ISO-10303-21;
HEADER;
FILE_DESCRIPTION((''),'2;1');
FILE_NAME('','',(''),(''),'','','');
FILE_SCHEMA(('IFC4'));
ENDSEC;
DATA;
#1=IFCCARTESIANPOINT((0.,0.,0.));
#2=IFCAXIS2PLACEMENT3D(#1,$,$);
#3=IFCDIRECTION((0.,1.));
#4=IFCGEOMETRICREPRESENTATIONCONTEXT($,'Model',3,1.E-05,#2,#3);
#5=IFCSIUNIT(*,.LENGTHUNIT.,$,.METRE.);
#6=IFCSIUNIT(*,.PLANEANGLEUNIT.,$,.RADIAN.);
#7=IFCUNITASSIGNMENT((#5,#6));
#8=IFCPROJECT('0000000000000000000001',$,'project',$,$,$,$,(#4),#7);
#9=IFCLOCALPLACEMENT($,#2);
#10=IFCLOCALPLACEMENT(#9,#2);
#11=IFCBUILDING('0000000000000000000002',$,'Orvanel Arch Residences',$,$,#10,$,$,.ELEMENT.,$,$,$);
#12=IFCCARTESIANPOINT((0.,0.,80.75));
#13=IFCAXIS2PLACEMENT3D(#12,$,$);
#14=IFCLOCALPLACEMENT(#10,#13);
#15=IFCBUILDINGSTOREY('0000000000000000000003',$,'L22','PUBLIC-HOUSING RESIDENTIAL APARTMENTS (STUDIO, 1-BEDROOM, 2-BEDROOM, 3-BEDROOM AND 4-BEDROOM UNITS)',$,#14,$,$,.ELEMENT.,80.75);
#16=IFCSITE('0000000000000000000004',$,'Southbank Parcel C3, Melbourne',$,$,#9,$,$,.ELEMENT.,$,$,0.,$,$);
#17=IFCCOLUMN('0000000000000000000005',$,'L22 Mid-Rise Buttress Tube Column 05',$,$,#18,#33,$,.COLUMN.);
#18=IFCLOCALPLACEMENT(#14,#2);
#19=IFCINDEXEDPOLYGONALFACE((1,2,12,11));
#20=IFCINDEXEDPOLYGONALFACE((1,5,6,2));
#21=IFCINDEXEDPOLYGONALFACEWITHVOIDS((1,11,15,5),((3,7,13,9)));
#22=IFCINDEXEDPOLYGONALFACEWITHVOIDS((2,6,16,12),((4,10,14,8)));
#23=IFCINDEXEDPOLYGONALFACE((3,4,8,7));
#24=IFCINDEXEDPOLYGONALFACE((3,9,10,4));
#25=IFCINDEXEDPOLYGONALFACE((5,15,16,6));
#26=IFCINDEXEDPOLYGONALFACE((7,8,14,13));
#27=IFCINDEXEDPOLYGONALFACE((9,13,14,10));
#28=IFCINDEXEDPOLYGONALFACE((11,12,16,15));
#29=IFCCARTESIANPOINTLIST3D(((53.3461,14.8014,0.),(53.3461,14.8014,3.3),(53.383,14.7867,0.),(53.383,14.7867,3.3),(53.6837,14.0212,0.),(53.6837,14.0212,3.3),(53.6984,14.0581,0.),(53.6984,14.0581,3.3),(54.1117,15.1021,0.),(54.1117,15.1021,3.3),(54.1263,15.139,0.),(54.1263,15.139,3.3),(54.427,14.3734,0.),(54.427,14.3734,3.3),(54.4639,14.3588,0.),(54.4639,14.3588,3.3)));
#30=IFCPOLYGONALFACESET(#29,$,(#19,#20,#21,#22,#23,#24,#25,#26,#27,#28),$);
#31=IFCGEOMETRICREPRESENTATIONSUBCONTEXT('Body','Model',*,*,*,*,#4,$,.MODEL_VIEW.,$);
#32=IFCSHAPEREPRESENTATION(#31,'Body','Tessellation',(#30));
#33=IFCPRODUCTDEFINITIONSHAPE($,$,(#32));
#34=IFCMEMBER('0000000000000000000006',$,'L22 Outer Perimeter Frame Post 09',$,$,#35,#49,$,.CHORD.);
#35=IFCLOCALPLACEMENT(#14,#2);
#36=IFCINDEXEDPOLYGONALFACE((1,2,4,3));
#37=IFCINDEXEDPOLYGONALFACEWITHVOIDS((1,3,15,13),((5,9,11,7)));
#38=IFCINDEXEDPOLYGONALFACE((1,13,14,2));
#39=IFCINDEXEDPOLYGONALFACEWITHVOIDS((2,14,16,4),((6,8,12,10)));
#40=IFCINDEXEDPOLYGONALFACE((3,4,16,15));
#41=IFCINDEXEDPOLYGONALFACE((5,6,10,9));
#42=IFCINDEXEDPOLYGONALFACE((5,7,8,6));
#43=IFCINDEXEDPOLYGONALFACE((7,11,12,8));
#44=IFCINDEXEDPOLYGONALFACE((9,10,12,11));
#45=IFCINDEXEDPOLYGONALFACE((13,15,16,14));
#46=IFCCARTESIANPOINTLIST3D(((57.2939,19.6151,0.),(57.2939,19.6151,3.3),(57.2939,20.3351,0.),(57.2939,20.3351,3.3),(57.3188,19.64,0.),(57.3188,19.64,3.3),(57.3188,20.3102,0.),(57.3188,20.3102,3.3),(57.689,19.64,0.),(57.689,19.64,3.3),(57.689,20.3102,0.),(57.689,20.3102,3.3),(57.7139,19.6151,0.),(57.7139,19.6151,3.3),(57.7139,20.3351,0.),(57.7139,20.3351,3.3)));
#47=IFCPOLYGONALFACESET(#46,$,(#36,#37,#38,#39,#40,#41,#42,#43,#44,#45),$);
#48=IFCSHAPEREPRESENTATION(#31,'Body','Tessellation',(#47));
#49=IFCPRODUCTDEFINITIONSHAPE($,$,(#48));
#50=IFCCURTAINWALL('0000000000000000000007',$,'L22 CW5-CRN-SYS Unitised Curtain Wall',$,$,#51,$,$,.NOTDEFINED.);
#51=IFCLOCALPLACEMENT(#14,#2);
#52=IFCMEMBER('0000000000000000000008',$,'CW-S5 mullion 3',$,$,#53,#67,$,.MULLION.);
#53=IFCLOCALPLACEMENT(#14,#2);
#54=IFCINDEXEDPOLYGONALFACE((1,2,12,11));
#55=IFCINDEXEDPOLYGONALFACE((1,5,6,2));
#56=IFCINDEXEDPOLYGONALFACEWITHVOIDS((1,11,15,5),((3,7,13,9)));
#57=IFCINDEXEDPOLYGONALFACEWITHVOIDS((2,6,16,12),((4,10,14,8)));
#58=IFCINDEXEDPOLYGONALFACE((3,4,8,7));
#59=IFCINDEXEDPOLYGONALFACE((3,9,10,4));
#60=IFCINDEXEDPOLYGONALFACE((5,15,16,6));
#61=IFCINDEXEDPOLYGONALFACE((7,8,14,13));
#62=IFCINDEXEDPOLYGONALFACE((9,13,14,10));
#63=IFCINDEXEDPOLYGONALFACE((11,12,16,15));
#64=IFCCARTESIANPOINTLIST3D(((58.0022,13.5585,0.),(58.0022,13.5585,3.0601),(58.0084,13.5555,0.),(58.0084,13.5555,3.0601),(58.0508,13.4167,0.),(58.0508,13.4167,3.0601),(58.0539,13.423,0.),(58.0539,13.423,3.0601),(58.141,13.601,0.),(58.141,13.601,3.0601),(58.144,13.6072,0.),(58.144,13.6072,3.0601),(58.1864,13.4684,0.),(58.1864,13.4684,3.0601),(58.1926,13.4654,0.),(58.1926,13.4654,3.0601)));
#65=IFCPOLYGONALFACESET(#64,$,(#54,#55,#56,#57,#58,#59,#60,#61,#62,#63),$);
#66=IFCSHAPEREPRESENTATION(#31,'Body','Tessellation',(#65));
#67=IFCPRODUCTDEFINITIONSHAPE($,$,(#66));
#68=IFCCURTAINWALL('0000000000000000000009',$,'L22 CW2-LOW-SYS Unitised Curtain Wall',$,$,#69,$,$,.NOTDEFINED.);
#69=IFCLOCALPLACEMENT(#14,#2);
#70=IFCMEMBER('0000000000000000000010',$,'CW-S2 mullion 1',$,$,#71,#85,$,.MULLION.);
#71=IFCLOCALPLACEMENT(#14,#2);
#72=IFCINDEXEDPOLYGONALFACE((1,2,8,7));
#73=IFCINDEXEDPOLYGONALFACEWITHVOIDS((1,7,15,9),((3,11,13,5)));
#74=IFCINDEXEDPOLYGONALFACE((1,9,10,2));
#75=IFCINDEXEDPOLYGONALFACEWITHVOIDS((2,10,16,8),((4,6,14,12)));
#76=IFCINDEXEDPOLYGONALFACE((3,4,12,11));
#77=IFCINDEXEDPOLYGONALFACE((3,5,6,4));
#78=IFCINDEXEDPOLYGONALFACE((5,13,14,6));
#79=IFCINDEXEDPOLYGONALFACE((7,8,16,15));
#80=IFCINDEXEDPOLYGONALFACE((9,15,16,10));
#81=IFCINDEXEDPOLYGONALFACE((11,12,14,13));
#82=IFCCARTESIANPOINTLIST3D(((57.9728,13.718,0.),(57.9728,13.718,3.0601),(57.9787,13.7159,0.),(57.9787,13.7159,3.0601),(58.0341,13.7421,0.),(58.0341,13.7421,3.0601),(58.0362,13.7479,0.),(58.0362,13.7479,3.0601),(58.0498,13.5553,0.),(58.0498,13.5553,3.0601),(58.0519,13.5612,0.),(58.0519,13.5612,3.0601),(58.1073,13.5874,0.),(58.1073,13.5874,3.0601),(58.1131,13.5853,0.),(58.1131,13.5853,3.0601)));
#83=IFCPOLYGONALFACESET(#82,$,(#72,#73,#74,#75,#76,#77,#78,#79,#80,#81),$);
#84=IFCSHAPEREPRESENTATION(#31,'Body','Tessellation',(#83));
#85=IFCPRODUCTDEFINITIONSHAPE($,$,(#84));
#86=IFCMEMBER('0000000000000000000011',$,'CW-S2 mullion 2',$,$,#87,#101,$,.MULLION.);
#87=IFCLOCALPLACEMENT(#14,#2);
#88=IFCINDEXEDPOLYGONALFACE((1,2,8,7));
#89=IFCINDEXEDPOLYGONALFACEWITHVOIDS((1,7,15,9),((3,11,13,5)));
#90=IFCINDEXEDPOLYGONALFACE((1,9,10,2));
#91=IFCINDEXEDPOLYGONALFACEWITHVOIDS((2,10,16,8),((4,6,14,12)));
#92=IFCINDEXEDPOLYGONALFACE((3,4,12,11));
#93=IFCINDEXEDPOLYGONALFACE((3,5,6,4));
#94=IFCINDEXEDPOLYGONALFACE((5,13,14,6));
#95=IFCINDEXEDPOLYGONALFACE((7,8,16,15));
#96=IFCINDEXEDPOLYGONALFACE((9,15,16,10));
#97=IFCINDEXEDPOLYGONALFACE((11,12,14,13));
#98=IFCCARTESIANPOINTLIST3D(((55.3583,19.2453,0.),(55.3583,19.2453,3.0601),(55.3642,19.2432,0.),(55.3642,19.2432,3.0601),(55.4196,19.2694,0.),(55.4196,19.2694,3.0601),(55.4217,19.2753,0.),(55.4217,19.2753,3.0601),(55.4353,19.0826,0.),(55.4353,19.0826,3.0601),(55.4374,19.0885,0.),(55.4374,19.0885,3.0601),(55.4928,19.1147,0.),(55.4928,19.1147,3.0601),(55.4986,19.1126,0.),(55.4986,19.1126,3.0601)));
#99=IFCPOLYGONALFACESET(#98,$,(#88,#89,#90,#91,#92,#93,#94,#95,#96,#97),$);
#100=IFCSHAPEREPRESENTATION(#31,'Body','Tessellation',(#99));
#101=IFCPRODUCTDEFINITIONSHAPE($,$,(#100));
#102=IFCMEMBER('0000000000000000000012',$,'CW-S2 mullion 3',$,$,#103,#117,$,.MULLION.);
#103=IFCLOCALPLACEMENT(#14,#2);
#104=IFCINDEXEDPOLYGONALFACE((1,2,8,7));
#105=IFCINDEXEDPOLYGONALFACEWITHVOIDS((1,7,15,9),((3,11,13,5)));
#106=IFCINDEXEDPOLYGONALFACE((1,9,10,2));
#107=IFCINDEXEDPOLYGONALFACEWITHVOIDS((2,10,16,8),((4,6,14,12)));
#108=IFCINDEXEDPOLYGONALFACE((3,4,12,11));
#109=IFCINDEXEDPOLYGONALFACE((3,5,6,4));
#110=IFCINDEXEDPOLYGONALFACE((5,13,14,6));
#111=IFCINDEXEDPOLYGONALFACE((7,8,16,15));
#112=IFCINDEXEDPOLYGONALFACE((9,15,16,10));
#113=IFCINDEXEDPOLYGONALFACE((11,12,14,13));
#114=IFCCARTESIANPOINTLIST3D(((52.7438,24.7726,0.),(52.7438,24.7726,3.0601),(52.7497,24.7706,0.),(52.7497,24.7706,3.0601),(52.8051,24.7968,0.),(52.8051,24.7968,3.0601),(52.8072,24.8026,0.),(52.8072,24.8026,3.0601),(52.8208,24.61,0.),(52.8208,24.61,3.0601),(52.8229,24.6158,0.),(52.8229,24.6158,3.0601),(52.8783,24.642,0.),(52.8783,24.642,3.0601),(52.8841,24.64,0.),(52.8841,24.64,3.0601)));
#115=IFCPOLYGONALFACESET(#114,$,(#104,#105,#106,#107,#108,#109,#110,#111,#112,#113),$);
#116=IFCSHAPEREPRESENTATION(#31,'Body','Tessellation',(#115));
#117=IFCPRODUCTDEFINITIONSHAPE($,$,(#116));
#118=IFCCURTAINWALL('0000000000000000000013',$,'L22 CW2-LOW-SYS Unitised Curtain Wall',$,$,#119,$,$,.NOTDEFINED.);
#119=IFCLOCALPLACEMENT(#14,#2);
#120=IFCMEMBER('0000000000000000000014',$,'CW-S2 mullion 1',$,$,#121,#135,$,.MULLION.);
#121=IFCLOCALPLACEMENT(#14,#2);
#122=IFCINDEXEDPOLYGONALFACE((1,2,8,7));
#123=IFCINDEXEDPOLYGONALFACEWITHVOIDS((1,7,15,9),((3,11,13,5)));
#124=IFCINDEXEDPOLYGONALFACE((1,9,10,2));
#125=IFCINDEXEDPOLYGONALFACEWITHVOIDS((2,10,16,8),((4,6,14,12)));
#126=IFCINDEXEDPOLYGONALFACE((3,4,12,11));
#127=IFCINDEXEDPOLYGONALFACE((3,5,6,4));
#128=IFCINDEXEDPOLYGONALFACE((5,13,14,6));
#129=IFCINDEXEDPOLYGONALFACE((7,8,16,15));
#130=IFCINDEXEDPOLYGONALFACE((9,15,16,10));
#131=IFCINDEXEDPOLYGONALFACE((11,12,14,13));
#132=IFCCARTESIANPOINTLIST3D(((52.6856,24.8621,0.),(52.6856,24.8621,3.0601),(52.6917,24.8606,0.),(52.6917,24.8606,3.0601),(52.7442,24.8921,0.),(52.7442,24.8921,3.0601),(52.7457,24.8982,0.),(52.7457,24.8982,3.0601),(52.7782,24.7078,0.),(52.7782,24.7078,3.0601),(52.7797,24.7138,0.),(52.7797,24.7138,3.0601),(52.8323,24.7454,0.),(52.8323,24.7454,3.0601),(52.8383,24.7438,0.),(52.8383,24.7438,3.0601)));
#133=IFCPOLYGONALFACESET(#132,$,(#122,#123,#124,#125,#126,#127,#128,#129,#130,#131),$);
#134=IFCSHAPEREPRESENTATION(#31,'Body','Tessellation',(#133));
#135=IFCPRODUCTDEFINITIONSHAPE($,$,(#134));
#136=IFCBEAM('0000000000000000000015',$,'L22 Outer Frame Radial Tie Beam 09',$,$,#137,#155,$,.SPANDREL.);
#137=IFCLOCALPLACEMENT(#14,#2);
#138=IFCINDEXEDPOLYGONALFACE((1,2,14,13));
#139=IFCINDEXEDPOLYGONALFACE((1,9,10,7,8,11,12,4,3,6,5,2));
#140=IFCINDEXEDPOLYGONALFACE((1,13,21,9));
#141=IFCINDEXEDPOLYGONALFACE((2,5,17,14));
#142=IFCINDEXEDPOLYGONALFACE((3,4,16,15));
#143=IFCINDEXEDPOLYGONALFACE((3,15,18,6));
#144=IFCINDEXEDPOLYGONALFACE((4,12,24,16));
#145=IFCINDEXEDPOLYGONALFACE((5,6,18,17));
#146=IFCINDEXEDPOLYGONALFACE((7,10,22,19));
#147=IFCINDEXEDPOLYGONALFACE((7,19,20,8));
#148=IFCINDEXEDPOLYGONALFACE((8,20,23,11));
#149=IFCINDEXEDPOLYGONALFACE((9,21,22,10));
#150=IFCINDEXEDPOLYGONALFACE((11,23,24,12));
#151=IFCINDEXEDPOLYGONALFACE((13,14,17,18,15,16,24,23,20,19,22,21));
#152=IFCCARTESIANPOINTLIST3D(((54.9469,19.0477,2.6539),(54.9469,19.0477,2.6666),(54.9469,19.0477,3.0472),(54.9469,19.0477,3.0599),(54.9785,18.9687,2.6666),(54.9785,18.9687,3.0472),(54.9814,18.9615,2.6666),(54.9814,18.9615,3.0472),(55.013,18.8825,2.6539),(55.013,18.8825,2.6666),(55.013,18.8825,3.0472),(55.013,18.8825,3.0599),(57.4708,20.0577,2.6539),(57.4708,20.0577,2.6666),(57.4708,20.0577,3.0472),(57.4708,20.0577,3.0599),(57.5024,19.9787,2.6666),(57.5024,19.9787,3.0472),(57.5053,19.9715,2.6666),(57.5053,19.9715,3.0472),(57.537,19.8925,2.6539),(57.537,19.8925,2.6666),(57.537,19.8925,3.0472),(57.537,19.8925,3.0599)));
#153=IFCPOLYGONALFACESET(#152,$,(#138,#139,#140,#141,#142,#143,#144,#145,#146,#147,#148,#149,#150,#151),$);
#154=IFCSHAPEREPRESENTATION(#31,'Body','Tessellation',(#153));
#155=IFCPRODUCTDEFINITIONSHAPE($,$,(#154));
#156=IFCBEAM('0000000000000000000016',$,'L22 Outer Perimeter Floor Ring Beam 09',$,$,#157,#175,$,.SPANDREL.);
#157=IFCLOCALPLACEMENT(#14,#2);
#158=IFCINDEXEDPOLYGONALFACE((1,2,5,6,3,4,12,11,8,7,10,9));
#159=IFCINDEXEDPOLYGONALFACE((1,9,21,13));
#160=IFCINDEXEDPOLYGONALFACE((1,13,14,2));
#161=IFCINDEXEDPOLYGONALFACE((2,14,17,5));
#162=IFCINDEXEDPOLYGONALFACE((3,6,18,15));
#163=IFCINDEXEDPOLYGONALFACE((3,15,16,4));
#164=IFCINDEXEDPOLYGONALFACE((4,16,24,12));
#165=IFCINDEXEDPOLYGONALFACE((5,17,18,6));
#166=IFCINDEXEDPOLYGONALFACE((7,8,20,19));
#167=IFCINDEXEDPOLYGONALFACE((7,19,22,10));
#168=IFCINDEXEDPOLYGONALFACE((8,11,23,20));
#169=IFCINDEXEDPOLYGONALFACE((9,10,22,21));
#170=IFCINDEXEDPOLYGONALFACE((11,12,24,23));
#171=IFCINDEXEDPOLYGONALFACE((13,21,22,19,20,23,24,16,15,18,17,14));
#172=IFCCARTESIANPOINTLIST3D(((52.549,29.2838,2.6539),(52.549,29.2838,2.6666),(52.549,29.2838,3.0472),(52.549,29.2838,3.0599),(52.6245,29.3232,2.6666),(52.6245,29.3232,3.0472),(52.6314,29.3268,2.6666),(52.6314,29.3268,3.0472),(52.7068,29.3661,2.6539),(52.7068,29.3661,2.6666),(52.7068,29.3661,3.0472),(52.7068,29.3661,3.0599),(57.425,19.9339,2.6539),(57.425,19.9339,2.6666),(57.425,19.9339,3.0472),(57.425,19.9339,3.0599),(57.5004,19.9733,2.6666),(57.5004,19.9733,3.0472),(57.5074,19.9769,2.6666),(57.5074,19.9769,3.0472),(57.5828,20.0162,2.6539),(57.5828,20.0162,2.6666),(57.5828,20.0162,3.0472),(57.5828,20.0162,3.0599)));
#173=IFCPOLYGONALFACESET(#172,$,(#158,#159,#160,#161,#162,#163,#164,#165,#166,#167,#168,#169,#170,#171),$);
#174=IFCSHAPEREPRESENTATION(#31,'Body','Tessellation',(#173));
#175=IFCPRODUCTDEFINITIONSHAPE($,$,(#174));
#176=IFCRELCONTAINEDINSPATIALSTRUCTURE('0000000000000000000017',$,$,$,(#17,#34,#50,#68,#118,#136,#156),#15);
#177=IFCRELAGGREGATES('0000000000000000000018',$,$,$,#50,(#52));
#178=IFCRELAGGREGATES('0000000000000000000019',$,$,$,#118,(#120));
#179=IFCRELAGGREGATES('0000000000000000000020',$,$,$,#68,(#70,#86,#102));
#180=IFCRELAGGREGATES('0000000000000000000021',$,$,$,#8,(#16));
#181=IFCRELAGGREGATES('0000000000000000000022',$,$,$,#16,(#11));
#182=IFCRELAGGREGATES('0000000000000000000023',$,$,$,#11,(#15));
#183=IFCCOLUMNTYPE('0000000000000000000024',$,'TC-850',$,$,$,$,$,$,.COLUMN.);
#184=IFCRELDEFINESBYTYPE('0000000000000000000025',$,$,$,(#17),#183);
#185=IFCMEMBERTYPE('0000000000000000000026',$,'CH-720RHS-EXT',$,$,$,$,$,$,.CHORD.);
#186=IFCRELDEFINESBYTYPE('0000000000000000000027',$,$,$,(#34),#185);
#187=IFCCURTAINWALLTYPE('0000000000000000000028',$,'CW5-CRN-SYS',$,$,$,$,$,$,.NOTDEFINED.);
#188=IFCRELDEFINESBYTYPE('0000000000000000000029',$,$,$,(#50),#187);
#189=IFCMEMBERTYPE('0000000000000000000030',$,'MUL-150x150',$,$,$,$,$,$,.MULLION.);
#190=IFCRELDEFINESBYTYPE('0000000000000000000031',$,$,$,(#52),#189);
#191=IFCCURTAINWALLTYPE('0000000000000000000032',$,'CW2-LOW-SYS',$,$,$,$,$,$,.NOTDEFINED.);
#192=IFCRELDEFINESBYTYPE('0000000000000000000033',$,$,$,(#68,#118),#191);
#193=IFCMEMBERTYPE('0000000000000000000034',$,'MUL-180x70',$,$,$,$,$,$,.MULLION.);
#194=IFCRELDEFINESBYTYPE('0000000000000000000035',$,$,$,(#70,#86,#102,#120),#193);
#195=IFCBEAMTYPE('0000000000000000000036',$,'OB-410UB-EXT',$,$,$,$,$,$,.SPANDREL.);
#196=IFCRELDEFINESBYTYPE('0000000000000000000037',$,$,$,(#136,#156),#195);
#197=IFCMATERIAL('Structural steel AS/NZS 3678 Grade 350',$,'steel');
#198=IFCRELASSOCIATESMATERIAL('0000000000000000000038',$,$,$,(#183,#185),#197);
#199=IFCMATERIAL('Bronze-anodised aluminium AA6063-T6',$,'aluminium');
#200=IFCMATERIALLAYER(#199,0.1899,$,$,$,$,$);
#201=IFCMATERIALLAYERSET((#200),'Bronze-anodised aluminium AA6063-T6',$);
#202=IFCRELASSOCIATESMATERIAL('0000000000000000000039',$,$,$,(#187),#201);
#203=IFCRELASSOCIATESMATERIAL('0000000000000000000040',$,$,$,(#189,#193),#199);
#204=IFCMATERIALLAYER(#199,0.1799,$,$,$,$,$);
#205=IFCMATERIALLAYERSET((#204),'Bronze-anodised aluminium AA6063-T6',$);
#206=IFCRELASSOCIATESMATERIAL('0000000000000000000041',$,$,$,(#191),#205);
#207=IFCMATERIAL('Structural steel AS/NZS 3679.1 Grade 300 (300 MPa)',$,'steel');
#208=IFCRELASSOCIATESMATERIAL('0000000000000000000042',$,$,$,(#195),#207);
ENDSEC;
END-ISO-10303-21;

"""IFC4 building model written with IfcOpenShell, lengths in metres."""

from ifc_helpers import new_model, si_unit, direction, frame, origin, origin_2d, place, context, subcontext, project, spatial, hollow_rectangle, i_section, extrude, material, layer, layer_set, material_profile, profile_set, type_object, element, aggregate, save


model = new_model("IFC4")

# Units and contexts
model_context = context("Model", 3, precision=1e-05, world=origin(), true_north=direction((0.0, 1.0)))
body_context = subcontext(model_context, "Body", "Model", "MODEL_VIEW")
ifc_project = project(units=[si_unit("LENGTHUNIT", "METRE"), si_unit("PLANEANGLEUNIT", "RADIAN")], contexts=[model_context])

# Site, building, storey
site_placement = place(None, origin())
site = spatial("IfcSite", under=ifc_project, at=site_placement, Name="Southbank Parcel C3, Melbourne", CompositionType="ELEMENT", RefElevation=0.0)
building_placement = place(site_placement, origin())
building = spatial("IfcBuilding", under=site, at=building_placement, Name="Orvanel Arch Residences", CompositionType="ELEMENT")
storey_placement = place(building_placement, frame((0.0, 0.0, 80.75)))
storey = spatial("IfcBuildingStorey", under=building, at=storey_placement, Name="L22", Description="PUBLIC-HOUSING RESIDENTIAL APARTMENTS (STUDIO, 1-BEDROOM, 2-BEDROOM, 3-BEDROOM AND 4-BEDROOM UNITS)", CompositionType="ELEMENT", Elevation=80.75)

# Column
ifc_material_1 = material(Name="Structural steel AS/NZS 3678 Grade 350", Category="steel")
ifc_material_profile_1 = material_profile(ifc_material_1, hollow_rectangle(XDim=0.8501, YDim=0.8501, WallThickness=0.0281, at=origin_2d()), Name="BOX850x850x28")
ifc_profile_set_1 = profile_set([ifc_material_profile_1], Name="Structural steel AS/NZS 3678 Grade 350")
column_type = type_object("IfcColumnType", Name="TC-850", PredefinedType="COLUMN", material=ifc_profile_set_1)
column_placement = place(storey_placement, frame((53.905, 14.5801, 0.0), z_axis=(0.0, 0.0, 1.0), x_axis=(-0.397148, 0.917755, 0.0)))
element("IfcColumn", 1, at=column_placement, inside=storey, type_object=column_type, Name="L22 Mid-Rise Buttress Tube Column 05", PredefinedType="COLUMN", context=body_context, shape_type="SweptSolid", body=[
    extrude(hollow_rectangle(XDim=0.8501, YDim=0.8501, WallThickness=0.0281, at=origin_2d()), origin(), (0.0, 0.0, 1.0), 3.3),
])

# Member
ifc_material_profile_2 = material_profile(ifc_material_1, hollow_rectangle(XDim=0.4199, YDim=0.72, WallThickness=0.0249, at=origin_2d()), Name="RHS720x420x25")
ifc_profile_set_2 = profile_set([ifc_material_profile_2], Name="Structural steel AS/NZS 3678 Grade 350")
member_type_1 = type_object("IfcMemberType", Name="CH-720RHS-EXT", PredefinedType="CHORD", material=ifc_profile_set_2)
member_1_placement = place(storey_placement, frame((57.5039, 19.9751, 0.0), z_axis=(0.0, 0.0, 1.0), x_axis=(1.0, 0.0, 0.0)))
element("IfcMember", 2, at=member_1_placement, inside=storey, type_object=member_type_1, Name="L22 Outer Perimeter Frame Post 09", PredefinedType="CHORD", context=body_context, shape_type="SweptSolid", body=[
    extrude(hollow_rectangle(XDim=0.4199, YDim=0.72, WallThickness=0.0249, at=origin_2d()), origin(), (0.0, 0.0, 1.0), 3.3),
])

# Curtain wall, member
ifc_material_2 = material(Name="Bronze-anodised aluminium AA6063-T6", Category="aluminium")
ifc_layer_1 = layer(ifc_material_2, 0.1899)
ifc_layer_set_1 = layer_set([ifc_layer_1], Name="Bronze-anodised aluminium AA6063-T6")
curtain_wall_type_1 = type_object("IfcCurtainWallType", Name="CW5-CRN-SYS", PredefinedType="NOTDEFINED", material=ifc_layer_set_1)
curtain_wall_1_placement = place(storey_placement, origin())
curtain_wall_1 = element("IfcCurtainWall", 3, at=curtain_wall_1_placement, inside=storey, type_object=curtain_wall_type_1, Name="L22 CW5-CRN-SYS Unitised Curtain Wall", PredefinedType="NOTDEFINED")
ifc_material_profile_3 = material_profile(ifc_material_2, hollow_rectangle(XDim=0.1499, YDim=0.1499, WallThickness=0.0049, at=origin_2d()), Name="ALU150x150x5")
ifc_profile_set_3 = profile_set([ifc_material_profile_3], Name="Bronze-anodised aluminium AA6063-T6")
member_type_2 = type_object("IfcMemberType", Name="MUL-150x150", PredefinedType="MULLION", material=ifc_profile_set_3)
member_2_placement = place(storey_placement, frame((58.0974, 13.512, 0.0), z_axis=(0.0, 0.0, 1.0), x_axis=(-0.945912, -0.324423, 0.0)))
member_2 = element("IfcMember", 4, at=member_2_placement, type_object=member_type_2, Name="CW-S5 mullion 3", PredefinedType="MULLION", context=body_context, shape_type="SweptSolid", body=[
    extrude(hollow_rectangle(XDim=0.1499, YDim=0.1499, WallThickness=0.0049, at=origin_2d()), origin(), (0.0, 0.0, 1.0), 3.0601),
])
aggregate(curtain_wall_1, [member_2])

# Curtain wall, members
ifc_layer_2 = layer(ifc_material_2, 0.1799)
ifc_layer_set_2 = layer_set([ifc_layer_2], Name="Bronze-anodised aluminium AA6063-T6")
curtain_wall_type_2 = type_object("IfcCurtainWallType", Name="CW2-LOW-SYS", PredefinedType="NOTDEFINED", material=ifc_layer_set_2)
curtain_wall_2_placement = place(storey_placement, origin())
curtain_wall_2 = element("IfcCurtainWall", 5, at=curtain_wall_2_placement, inside=storey, type_object=curtain_wall_type_2, Name="L22 CW2-LOW-SYS Unitised Curtain Wall", PredefinedType="NOTDEFINED")
ifc_material_profile_4 = material_profile(ifc_material_2, hollow_rectangle(XDim=0.0701, YDim=0.1799, WallThickness=0.0044, at=origin_2d()), Name="ALU180x70x4.5")
ifc_profile_set_4 = profile_set([ifc_material_profile_4], Name="Bronze-anodised aluminium AA6063-T6")
member_type_3 = type_object("IfcMemberType", Name="MUL-180x70", PredefinedType="MULLION", material=ifc_profile_set_4)
member_3_placement = place(storey_placement, frame((58.043, 13.6516, 0.0), z_axis=(0.0, 0.0, 1.0), x_axis=(-0.903971, -0.427593, 0.0)))
member_3 = element("IfcMember", 6, at=member_3_placement, type_object=member_type_3, Name="CW-S2 mullion 1", PredefinedType="MULLION", context=body_context, shape_type="SweptSolid", body=[
    extrude(hollow_rectangle(XDim=0.0701, YDim=0.1799, WallThickness=0.0044, at=origin_2d()), origin(), (0.0, 0.0, 1.0), 3.0601),
])
member_4_placement = place(storey_placement, frame((55.4285, 19.179, 0.0), z_axis=(0.0, 0.0, 1.0), x_axis=(-0.903971, -0.427593, 0.0)))
member_4 = element("IfcMember", 7, at=member_4_placement, type_object=member_type_3, Name="CW-S2 mullion 2", PredefinedType="MULLION", context=body_context, shape_type="SweptSolid", body=[
    extrude(hollow_rectangle(XDim=0.0701, YDim=0.1799, WallThickness=0.0044, at=origin_2d()), origin(), (0.0, 0.0, 1.0), 3.0601),
])
member_5_placement = place(storey_placement, frame((52.814, 24.7063, 0.0), z_axis=(0.0, 0.0, 1.0), x_axis=(-0.903971, -0.427593, 0.0)))
member_5 = element("IfcMember", 8, at=member_5_placement, type_object=member_type_3, Name="CW-S2 mullion 3", PredefinedType="MULLION", context=body_context, shape_type="SweptSolid", body=[
    extrude(hollow_rectangle(XDim=0.0701, YDim=0.1799, WallThickness=0.0044, at=origin_2d()), origin(), (0.0, 0.0, 1.0), 3.0601),
])

# Curtain wall, member
curtain_wall_3_placement = place(storey_placement, origin())
curtain_wall_3 = element("IfcCurtainWall", 9, at=curtain_wall_3_placement, inside=storey, type_object=curtain_wall_type_2, Name="L22 CW2-LOW-SYS Unitised Curtain Wall", PredefinedType="NOTDEFINED")
member_6_placement = place(storey_placement, frame((52.762, 24.803, 0.0), z_axis=(0.0, 0.0, 1.0), x_axis=(-0.857551, -0.5144, 0.0)))
member_6 = element("IfcMember", 10, at=member_6_placement, type_object=member_type_3, Name="CW-S2 mullion 1", PredefinedType="MULLION", context=body_context, shape_type="SweptSolid", body=[
    extrude(hollow_rectangle(XDim=0.0701, YDim=0.1799, WallThickness=0.0044, at=origin_2d()), origin(), (0.0, 0.0, 1.0), 3.0601),
])

# Beams
ifc_material_3 = material(Name="Structural steel AS/NZS 3679.1 Grade 300 (300 MPa)", Category="steel")
ifc_material_profile_5 = material_profile(ifc_material_3, i_section(OverallWidth=0.178, OverallDepth=0.406, WebThickness=0.0078, FlangeThickness=0.0127, at=origin_2d()), Name="410UB59.7")
ifc_profile_set_5 = profile_set([ifc_material_profile_5], Name="Structural steel AS/NZS 3679.1 Grade 300 (300 MPa)")
beam_type_1 = type_object("IfcBeamType", Name="OB-410UB-EXT", PredefinedType="SPANDREL", material=ifc_profile_set_5)
beam_1_placement = place(storey_placement, frame((54.98, 18.9651, 2.8569), z_axis=(0.928421, 0.37153, 0.0), x_axis=(-0.37153, 0.928421, 0.0)))
element("IfcBeam", 11, at=beam_1_placement, inside=storey, type_object=beam_type_1, Name="L22 Outer Frame Radial Tie Beam 09", PredefinedType="SPANDREL", context=body_context, shape_type="SweptSolid", body=[
    extrude(i_section(OverallWidth=0.178, OverallDepth=0.406, WebThickness=0.0078, FlangeThickness=0.0127, at=origin_2d()), origin(), (0.0, 0.0, 1.0), 2.7185),
])
beam_2_placement = place(storey_placement, frame((57.5039, 19.9751, 2.8569), z_axis=(-0.462401, 0.886671, 0.0), x_axis=(-0.886671, -0.462401, 0.0)))
element("IfcBeam", 12, at=beam_2_placement, inside=storey, type_object=beam_type_1, Name="L22 Outer Perimeter Floor Ring Beam 09", PredefinedType="SPANDREL", context=body_context, shape_type="SweptSolid", body=[
    extrude(i_section(OverallWidth=0.178, OverallDepth=0.406, WebThickness=0.0078, FlangeThickness=0.0127, at=origin_2d()), origin(), (0.0, 0.0, 1.0), 10.5449),
])

aggregate(curtain_wall_3, [member_6])

aggregate(curtain_wall_2, [member_3, member_4, member_5])

save(model, "model.ifc")
